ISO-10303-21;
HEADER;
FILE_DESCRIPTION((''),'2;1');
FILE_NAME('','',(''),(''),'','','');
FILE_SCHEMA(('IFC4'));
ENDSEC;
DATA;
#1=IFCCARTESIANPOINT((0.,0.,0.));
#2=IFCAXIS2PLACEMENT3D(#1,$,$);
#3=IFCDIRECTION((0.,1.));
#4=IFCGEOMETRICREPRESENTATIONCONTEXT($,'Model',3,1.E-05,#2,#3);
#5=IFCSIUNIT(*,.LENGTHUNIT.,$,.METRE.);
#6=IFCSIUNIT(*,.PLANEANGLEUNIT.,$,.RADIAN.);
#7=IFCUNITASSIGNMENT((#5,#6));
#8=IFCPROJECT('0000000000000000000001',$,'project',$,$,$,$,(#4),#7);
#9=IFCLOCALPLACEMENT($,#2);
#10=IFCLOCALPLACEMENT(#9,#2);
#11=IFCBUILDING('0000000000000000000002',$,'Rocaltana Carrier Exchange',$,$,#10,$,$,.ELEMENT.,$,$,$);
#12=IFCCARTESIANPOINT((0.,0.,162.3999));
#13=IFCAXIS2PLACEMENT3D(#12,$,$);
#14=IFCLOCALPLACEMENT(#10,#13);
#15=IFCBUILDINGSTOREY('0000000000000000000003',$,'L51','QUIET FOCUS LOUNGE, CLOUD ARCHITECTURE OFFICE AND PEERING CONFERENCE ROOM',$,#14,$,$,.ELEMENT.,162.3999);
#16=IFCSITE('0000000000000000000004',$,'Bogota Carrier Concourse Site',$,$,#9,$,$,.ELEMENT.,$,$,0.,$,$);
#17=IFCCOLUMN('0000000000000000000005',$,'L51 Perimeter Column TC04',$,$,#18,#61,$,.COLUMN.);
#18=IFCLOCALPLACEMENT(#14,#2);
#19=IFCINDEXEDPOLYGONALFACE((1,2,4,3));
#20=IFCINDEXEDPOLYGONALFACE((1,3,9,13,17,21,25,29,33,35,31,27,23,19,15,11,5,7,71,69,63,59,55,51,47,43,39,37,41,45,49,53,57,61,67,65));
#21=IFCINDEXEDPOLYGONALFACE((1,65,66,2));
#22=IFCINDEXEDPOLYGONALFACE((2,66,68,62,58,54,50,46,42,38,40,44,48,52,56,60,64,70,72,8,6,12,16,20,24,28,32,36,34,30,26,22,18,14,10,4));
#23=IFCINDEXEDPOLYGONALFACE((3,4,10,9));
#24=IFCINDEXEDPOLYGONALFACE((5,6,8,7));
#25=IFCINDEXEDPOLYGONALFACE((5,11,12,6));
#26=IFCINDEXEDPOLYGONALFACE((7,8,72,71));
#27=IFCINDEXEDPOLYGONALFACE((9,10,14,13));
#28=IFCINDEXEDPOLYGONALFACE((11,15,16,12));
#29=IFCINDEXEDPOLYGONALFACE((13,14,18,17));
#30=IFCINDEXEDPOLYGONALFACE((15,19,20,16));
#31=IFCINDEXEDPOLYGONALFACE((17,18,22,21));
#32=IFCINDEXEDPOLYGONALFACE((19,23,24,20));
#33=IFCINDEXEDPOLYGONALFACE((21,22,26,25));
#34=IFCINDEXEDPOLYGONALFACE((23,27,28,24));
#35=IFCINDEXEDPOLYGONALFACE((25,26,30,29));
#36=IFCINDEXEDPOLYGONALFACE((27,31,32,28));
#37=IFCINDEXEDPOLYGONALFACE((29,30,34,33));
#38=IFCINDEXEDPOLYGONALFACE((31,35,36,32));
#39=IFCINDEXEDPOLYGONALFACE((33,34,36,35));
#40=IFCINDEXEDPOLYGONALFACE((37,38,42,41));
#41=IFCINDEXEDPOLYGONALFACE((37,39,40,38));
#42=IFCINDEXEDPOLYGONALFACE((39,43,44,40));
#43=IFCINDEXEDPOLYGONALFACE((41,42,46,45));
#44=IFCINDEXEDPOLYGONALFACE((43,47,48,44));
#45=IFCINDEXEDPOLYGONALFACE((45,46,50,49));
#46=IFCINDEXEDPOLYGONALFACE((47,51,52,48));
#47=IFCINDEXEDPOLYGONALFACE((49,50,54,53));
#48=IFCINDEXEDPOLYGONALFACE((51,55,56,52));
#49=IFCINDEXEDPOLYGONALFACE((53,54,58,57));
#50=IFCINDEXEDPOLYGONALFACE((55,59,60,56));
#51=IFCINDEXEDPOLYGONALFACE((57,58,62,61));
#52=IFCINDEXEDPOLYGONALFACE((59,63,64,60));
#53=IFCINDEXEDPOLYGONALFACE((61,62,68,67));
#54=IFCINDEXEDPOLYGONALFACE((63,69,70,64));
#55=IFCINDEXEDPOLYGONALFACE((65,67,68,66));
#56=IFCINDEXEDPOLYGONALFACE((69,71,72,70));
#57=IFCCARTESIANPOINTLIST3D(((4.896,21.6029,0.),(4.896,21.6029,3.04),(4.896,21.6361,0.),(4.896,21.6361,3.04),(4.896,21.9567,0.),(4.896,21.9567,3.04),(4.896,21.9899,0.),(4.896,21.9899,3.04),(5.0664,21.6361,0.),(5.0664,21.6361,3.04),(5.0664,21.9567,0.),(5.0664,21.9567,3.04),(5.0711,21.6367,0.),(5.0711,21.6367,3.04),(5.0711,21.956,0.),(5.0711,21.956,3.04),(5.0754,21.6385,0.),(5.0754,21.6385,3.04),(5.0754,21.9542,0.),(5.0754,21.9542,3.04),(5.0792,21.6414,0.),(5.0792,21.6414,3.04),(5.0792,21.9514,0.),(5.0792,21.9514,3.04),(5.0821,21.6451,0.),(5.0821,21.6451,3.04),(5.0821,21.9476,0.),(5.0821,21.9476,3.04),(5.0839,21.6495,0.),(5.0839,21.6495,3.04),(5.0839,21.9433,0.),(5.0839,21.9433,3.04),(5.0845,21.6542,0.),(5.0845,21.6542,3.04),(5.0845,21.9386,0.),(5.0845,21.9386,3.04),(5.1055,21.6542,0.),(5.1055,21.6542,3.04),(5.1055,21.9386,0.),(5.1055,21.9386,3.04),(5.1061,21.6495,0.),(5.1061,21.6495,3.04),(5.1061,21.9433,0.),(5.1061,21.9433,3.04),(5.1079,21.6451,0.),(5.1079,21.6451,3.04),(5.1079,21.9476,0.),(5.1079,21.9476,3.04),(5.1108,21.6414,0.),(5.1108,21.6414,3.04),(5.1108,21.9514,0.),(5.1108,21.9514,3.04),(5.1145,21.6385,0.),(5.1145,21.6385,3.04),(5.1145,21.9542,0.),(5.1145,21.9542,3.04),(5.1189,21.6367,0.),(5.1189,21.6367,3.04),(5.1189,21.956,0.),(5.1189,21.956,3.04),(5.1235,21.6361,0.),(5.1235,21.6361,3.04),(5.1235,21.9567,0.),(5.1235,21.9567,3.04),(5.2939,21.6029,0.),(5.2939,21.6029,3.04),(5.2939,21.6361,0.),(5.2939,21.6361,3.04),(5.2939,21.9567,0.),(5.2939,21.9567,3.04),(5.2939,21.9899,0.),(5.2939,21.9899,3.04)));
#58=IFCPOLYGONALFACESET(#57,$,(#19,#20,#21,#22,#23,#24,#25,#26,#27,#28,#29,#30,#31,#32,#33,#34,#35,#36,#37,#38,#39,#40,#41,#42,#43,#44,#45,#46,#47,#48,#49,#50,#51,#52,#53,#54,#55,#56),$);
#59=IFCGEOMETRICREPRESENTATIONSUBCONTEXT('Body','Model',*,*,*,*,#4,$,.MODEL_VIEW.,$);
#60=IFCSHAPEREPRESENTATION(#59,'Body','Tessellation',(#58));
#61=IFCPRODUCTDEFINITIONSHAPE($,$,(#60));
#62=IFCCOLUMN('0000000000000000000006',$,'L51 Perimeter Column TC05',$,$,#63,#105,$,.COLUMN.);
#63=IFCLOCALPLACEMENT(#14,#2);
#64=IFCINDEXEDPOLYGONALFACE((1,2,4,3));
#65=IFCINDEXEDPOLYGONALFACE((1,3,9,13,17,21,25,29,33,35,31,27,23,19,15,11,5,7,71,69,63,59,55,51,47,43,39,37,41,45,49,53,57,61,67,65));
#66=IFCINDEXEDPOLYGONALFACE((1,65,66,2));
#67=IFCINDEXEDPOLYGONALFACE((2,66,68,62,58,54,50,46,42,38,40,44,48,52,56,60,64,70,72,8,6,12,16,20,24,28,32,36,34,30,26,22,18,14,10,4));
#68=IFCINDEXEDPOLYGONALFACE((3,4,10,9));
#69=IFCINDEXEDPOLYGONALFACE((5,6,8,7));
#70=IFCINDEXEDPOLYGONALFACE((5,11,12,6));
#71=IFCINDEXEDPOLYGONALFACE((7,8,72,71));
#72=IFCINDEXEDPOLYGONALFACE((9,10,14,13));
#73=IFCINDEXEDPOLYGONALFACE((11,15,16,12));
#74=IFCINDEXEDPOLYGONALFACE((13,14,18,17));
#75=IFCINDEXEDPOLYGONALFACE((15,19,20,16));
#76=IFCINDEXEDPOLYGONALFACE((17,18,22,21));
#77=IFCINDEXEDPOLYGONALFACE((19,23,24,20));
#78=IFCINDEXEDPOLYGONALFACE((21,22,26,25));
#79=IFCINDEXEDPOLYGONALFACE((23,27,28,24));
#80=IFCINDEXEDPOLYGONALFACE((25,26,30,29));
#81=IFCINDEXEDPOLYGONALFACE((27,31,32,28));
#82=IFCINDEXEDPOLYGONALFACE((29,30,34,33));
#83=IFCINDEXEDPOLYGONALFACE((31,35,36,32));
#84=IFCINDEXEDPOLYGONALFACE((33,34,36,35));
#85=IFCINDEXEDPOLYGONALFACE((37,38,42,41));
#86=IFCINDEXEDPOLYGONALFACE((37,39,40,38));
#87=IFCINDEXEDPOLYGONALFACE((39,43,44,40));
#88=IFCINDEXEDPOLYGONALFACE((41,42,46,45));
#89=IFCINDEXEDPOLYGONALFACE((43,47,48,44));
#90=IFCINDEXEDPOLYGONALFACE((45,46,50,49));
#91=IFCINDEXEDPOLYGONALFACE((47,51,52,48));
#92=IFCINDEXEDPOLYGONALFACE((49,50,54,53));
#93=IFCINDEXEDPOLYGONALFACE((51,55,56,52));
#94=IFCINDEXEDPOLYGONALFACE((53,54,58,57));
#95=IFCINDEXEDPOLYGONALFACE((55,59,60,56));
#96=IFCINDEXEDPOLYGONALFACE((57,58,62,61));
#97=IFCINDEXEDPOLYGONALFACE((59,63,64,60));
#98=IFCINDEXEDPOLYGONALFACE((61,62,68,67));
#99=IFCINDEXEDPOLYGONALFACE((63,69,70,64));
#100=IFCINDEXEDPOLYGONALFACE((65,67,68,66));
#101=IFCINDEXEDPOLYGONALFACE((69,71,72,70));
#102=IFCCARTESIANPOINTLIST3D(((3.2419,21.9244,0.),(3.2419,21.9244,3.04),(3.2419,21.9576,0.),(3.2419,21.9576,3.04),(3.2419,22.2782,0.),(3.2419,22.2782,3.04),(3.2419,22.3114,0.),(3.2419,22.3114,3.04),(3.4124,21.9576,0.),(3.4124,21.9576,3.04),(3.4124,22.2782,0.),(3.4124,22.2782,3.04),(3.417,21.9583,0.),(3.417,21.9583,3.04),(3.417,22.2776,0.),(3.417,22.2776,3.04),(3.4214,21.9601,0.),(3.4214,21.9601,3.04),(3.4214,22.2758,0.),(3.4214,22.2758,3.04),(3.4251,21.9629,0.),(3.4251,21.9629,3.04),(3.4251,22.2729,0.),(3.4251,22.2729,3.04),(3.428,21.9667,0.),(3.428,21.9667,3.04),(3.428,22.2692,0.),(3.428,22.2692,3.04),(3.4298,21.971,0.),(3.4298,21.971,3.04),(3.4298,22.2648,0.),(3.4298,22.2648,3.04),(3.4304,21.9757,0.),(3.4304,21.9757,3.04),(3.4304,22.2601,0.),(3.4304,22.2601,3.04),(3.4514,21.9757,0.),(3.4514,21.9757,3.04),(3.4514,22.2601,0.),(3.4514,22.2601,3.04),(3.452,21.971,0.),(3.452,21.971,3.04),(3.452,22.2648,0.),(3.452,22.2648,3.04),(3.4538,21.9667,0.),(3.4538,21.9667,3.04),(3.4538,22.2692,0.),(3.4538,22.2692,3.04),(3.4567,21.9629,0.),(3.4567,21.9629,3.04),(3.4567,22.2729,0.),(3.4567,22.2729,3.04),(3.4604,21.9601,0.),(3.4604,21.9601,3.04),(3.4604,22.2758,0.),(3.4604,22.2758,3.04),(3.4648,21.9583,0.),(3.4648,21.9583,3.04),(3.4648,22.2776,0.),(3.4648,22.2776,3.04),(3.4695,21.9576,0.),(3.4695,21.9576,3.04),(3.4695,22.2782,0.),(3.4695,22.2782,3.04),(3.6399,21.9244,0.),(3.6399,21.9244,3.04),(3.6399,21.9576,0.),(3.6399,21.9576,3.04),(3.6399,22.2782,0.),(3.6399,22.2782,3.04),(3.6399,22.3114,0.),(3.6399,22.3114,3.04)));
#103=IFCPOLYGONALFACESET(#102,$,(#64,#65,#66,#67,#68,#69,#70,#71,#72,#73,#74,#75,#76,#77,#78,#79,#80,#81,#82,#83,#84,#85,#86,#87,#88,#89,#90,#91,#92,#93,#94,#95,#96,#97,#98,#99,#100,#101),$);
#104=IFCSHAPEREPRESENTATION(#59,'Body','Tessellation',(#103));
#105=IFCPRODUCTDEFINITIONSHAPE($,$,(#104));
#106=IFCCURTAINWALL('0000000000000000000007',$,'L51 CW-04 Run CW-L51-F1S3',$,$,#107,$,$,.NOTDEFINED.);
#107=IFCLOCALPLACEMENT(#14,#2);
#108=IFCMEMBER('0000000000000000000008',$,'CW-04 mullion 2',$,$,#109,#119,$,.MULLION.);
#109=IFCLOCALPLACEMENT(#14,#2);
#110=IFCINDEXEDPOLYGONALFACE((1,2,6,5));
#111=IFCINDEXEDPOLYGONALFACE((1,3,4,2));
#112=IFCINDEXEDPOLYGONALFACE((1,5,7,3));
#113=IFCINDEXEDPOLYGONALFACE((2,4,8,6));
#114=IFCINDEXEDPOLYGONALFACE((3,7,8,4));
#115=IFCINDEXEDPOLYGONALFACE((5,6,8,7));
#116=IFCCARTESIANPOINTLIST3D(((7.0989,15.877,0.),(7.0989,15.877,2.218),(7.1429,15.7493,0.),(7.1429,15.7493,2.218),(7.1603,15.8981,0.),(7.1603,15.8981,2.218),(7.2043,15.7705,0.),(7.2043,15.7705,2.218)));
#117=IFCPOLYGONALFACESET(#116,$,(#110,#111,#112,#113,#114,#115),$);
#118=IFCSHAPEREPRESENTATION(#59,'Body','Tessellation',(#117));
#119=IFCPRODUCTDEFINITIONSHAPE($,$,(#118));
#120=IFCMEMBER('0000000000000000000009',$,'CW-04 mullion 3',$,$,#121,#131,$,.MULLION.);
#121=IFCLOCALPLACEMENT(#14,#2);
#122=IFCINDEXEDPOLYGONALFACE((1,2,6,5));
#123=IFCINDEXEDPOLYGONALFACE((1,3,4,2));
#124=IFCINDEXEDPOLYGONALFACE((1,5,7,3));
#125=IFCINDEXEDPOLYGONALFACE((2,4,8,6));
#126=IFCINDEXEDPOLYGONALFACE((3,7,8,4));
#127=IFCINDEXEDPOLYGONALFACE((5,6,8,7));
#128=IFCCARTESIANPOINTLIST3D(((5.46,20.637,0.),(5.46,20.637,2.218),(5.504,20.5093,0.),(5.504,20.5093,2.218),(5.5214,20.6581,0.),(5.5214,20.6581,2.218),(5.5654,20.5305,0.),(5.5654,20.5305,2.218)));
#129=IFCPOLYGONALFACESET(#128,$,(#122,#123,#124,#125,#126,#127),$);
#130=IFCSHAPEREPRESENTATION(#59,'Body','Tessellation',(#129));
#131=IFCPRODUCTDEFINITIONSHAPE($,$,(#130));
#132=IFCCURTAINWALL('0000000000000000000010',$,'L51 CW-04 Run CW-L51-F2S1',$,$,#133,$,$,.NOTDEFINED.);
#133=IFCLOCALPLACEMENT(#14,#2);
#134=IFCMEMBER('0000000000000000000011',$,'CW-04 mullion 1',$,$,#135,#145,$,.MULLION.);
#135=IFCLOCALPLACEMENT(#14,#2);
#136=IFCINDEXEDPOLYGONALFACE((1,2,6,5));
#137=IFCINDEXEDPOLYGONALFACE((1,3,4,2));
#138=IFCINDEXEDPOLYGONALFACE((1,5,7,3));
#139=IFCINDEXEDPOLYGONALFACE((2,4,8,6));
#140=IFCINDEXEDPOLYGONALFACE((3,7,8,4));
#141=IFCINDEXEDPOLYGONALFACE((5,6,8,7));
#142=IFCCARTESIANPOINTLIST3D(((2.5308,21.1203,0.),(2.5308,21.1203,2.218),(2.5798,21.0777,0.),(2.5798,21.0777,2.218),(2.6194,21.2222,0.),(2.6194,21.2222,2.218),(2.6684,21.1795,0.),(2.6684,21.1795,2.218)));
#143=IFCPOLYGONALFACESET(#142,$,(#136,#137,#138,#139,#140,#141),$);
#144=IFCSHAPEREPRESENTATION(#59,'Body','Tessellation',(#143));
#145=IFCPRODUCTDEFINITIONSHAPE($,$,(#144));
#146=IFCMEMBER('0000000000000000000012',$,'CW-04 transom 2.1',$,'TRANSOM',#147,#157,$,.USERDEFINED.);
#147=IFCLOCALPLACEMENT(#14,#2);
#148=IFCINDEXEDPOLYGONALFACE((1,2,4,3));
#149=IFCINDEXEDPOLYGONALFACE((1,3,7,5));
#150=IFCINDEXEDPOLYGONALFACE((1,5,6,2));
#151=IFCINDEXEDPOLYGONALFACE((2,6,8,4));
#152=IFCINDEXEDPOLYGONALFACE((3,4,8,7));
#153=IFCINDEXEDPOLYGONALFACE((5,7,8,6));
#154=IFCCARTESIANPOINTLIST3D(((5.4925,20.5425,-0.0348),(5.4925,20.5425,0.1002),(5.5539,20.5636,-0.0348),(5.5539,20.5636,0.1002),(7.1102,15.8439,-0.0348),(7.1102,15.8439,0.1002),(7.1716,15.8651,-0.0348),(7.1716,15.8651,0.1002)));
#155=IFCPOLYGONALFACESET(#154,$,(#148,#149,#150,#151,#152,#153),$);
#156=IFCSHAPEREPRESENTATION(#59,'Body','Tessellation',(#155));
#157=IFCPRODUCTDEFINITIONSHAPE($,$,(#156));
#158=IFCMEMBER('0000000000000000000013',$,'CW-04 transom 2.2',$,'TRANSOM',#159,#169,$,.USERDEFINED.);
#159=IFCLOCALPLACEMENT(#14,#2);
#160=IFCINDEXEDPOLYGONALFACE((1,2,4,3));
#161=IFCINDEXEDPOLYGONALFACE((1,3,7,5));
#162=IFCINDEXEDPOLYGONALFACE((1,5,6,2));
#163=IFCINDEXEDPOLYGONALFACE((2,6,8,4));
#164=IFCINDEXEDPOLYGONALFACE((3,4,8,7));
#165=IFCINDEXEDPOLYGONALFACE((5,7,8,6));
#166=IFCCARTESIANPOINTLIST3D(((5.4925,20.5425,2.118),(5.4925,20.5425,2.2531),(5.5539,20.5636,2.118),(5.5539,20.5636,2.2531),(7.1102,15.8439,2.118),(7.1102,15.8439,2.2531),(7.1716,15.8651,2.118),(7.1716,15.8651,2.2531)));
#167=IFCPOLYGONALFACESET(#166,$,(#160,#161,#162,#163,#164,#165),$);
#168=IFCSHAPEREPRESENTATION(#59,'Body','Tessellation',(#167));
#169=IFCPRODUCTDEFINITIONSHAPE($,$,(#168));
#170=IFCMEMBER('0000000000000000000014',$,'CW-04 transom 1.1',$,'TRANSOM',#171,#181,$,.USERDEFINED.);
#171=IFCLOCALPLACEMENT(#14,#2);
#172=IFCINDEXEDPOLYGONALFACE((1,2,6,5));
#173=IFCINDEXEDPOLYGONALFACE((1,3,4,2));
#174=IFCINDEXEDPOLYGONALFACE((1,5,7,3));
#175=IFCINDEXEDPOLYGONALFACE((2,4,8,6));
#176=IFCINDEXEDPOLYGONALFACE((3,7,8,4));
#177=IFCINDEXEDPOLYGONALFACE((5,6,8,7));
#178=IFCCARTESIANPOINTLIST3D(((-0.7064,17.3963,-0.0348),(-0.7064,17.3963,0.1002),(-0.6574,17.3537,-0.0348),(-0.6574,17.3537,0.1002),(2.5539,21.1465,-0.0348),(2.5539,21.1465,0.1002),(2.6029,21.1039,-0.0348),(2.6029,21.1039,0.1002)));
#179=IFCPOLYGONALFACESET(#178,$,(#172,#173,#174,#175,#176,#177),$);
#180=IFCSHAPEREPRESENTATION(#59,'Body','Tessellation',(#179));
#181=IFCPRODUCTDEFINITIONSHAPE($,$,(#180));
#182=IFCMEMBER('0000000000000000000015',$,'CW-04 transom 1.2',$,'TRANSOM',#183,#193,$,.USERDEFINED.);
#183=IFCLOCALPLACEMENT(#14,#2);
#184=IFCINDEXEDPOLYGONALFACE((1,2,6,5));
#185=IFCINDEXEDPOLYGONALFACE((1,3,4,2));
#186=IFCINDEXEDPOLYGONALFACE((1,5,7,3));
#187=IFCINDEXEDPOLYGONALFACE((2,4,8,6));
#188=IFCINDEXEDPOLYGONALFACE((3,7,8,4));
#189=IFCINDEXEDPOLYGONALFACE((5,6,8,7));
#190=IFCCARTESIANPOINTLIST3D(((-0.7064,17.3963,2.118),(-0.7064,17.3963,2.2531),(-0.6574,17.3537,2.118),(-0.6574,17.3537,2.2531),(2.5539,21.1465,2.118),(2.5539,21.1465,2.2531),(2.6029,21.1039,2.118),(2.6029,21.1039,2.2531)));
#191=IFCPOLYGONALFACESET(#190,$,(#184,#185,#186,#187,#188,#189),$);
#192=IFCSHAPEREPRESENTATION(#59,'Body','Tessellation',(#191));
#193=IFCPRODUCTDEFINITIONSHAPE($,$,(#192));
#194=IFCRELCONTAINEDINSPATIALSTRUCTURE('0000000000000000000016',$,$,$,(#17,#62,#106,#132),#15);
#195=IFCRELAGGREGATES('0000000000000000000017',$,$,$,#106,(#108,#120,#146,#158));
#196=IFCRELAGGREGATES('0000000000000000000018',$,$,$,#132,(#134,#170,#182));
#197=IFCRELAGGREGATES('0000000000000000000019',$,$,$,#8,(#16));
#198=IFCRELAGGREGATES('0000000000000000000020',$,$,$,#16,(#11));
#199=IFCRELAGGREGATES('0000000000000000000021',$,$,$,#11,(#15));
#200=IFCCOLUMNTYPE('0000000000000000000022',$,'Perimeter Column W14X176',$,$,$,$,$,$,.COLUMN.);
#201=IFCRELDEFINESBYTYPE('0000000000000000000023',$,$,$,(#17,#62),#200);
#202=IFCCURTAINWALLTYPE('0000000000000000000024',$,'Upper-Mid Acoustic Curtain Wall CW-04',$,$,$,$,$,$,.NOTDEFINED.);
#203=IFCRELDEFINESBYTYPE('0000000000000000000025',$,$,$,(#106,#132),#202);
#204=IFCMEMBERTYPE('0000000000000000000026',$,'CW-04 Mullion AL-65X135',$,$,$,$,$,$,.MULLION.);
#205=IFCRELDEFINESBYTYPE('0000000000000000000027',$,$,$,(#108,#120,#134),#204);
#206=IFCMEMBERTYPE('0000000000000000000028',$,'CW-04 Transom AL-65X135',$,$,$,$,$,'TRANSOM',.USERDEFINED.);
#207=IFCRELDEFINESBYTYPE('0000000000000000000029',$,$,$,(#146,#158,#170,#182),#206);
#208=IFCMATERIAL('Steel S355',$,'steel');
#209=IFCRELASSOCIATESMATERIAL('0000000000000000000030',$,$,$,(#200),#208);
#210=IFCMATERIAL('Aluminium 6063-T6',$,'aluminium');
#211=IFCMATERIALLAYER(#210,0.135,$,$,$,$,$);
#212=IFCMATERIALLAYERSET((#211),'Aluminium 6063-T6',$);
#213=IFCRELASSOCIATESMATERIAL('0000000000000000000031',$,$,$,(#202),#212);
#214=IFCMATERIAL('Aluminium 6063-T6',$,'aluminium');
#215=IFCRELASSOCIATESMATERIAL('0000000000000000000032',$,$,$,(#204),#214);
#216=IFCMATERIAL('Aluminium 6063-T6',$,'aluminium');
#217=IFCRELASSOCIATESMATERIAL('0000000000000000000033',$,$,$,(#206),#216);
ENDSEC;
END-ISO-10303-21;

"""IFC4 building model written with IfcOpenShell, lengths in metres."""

from ifc_helpers import new_model, si_unit, direction, frame, origin, origin_2d, place, context, subcontext, project, spatial, rectangle, i_section, extrude, material, layer, layer_set, material_profile, profile_set, type_object, element, aggregate, save


model = new_model("IFC4")

# Units and contexts
model_context = context("Model", 3, precision=1e-05, world=origin(), true_north=direction((0.0, 1.0)))
body_context = subcontext(model_context, "Body", "Model", "MODEL_VIEW")
ifc_project = project(units=[si_unit("LENGTHUNIT", "METRE"), si_unit("PLANEANGLEUNIT", "RADIAN")], contexts=[model_context])

# Site, building, storey
site_placement = place(None, origin())
site = spatial("IfcSite", under=ifc_project, at=site_placement, Name="Bogota Carrier Concourse Site", CompositionType="ELEMENT", RefElevation=0.0)
building_placement = place(site_placement, origin())
building = spatial("IfcBuilding", under=site, at=building_placement, Name="Rocaltana Carrier Exchange", CompositionType="ELEMENT")
storey_placement = place(building_placement, frame((0.0, 0.0, 162.3999)))
storey = spatial("IfcBuildingStorey", under=building, at=storey_placement, Name="L51", Description="QUIET FOCUS LOUNGE, CLOUD ARCHITECTURE OFFICE AND PEERING CONFERENCE ROOM", CompositionType="ELEMENT", Elevation=162.3999)

# Columns
ifc_material_1 = material(Name="Steel S355", Category="steel")
ifc_material_profile_1 = material_profile(ifc_material_1, i_section(OverallWidth=0.3979, OverallDepth=0.387, WebThickness=0.021, FlangeThickness=0.0332, FilletRadius=0.0181, at=origin_2d()), Name="W14X176")
ifc_profile_set_1 = profile_set([ifc_material_profile_1], Name="Steel S355")
column_type = type_object("IfcColumnType", Name="Perimeter Column W14X176", PredefinedType="COLUMN", material=ifc_profile_set_1)
for number, where, z_axis, x_axis, name in (
    (1, (5.095, 21.7964, 0.0), (0.0, 0.0, 1.0), (1.0, 0.0, 0.0), "L51 Perimeter Column TC04"),
    (2, (3.4409, 22.1179, 0.0), (0.0, 0.0, 1.0), (1.0, 0.0, 0.0), "L51 Perimeter Column TC05"),
):
    element("IfcColumn", number, at=place(storey_placement, frame(where, z_axis=z_axis, x_axis=x_axis)), inside=storey, type_object=column_type, Name=name, PredefinedType="COLUMN", context=body_context, shape_type="SweptSolid", body=[
        extrude(i_section(OverallWidth=0.3979, OverallDepth=0.387, WebThickness=0.021, FlangeThickness=0.0332, FilletRadius=0.0181, at=origin_2d()), origin(), (0.0, 0.0, 1.0), 3.04),
    ])

# Curtain wall, members
ifc_material_2 = material(Name="Aluminium 6063-T6", Category="aluminium")
ifc_layer_1 = layer(ifc_material_2, 0.135)
ifc_layer_set_1 = layer_set([ifc_layer_1], Name="Aluminium 6063-T6")
curtain_wall_type = type_object("IfcCurtainWallType", Name="Upper-Mid Acoustic Curtain Wall CW-04", PredefinedType="NOTDEFINED", material=ifc_layer_set_1)
curtain_wall_1_placement = place(storey_placement, origin())
curtain_wall_1 = element("IfcCurtainWall", 3, at=curtain_wall_1_placement, inside=storey, type_object=curtain_wall_type, Name="L51 CW-04 Run CW-L51-F1S3", PredefinedType="NOTDEFINED")
ifc_material_3 = material(Name="Aluminium 6063-T6", Category="aluminium")
ifc_material_profile_2 = material_profile(ifc_material_3, rectangle(XDim=0.0649, YDim=0.135, at=origin_2d()), Name="AL-65X135")
ifc_profile_set_2 = profile_set([ifc_material_profile_2], Name="Aluminium 6063-T6")
member_type_1 = type_object("IfcMemberType", Name="CW-04 Mullion AL-65X135", PredefinedType="MULLION", material=ifc_profile_set_2)
member_1_placement = place(storey_placement, frame((7.1516, 15.8237, 0.0), z_axis=(0.0, 0.0, 1.0), x_axis=(-0.945522, -0.325559, 0.0)))
member_1 = element("IfcMember", 4, at=member_1_placement, type_object=member_type_1, Name="CW-04 mullion 2", PredefinedType="MULLION", context=body_context, shape_type="SweptSolid", body=[
    extrude(rectangle(XDim=0.0649, YDim=0.135, at=origin_2d()), origin(), (0.0, 0.0, 1.0), 2.218),
])
member_2_placement = place(storey_placement, frame((5.5127, 20.5837, 0.0), z_axis=(0.0, 0.0, 1.0), x_axis=(-0.945522, -0.325559, 0.0)))
member_2 = element("IfcMember", 5, at=member_2_placement, type_object=member_type_1, Name="CW-04 mullion 3", PredefinedType="MULLION", context=body_context, shape_type="SweptSolid", body=[
    extrude(rectangle(XDim=0.0649, YDim=0.135, at=origin_2d()), origin(), (0.0, 0.0, 1.0), 2.218),
])

# Curtain wall, member
curtain_wall_2_placement = place(storey_placement, origin())
curtain_wall_2 = element("IfcCurtainWall", 6, at=curtain_wall_2_placement, inside=storey, type_object=curtain_wall_type, Name="L51 CW-04 Run CW-L51-F2S1", PredefinedType="NOTDEFINED")
member_3_placement = place(storey_placement, frame((2.5996, 21.1499, 0.0), z_axis=(0.0, 0.0, 1.0), x_axis=(0.754712, -0.656057, 0.0)))
member_3 = element("IfcMember", 7, at=member_3_placement, type_object=member_type_1, Name="CW-04 mullion 1", PredefinedType="MULLION", context=body_context, shape_type="SweptSolid", body=[
    extrude(rectangle(XDim=0.0649, YDim=0.135, at=origin_2d()), origin(), (0.0, 0.0, 1.0), 2.218),
])

# Members
ifc_material_4 = material(Name="Aluminium 6063-T6", Category="aluminium")
ifc_material_profile_3 = material_profile(ifc_material_4, rectangle(XDim=0.0649, YDim=0.135, at=origin_2d()), Name="AL-65X135")
ifc_profile_set_3 = profile_set([ifc_material_profile_3], Name="Aluminium 6063-T6")
member_type_2 = type_object("IfcMemberType", Name="CW-04 Transom AL-65X135", ElementType="TRANSOM", PredefinedType="USERDEFINED", material=ifc_profile_set_3)
member_4_placement = place(storey_placement, frame((7.1409, 15.8545, 0.0327), z_axis=(-0.325542, 0.945527, 0.0), x_axis=(-0.945527, -0.325542, 0.0)))
member_4 = element("IfcMember", 8, at=member_4_placement, type_object=member_type_2, Name="CW-04 transom 2.1", ObjectType="TRANSOM", PredefinedType="USERDEFINED", context=body_context, shape_type="SweptSolid", body=[
    extrude(rectangle(XDim=0.0649, YDim=0.135, at=origin_2d()), origin(), (0.0, 0.0, 1.0), 4.9692),
])
member_5_placement = place(storey_placement, frame((7.1409, 15.8545, 2.1855), z_axis=(-0.325542, 0.945527, 0.0), x_axis=(-0.945527, -0.325542, 0.0)))
member_5 = element("IfcMember", 9, at=member_5_placement, type_object=member_type_2, Name="CW-04 transom 2.2", ObjectType="TRANSOM", PredefinedType="USERDEFINED", context=body_context, shape_type="SweptSolid", body=[
    extrude(rectangle(XDim=0.0649, YDim=0.135, at=origin_2d()), origin(), (0.0, 0.0, 1.0), 4.9692),
])
member_6_placement = place(storey_placement, frame((2.5784, 21.1252, 0.0327), z_axis=(-0.656084, -0.754688, 0.0), x_axis=(0.754688, -0.656084, 0.0)))
member_6 = element("IfcMember", 10, at=member_6_placement, type_object=member_type_2, Name="CW-04 transom 1.1", ObjectType="TRANSOM", PredefinedType="USERDEFINED", context=body_context, shape_type="SweptSolid", body=[
    extrude(rectangle(XDim=0.0649, YDim=0.135, at=origin_2d()), origin(), (0.0, 0.0, 1.0), 4.9692),
])
member_7_placement = place(storey_placement, frame((2.5784, 21.1252, 2.1855), z_axis=(-0.656084, -0.754688, 0.0), x_axis=(0.754688, -0.656084, 0.0)))
member_7 = element("IfcMember", 11, at=member_7_placement, type_object=member_type_2, Name="CW-04 transom 1.2", ObjectType="TRANSOM", PredefinedType="USERDEFINED", context=body_context, shape_type="SweptSolid", body=[
    extrude(rectangle(XDim=0.0649, YDim=0.135, at=origin_2d()), origin(), (0.0, 0.0, 1.0), 4.9692),
])

aggregate(curtain_wall_1, [member_1, member_2, member_4, member_5])
aggregate(curtain_wall_2, [member_3, member_6, member_7])

save(model, "model.ifc")
